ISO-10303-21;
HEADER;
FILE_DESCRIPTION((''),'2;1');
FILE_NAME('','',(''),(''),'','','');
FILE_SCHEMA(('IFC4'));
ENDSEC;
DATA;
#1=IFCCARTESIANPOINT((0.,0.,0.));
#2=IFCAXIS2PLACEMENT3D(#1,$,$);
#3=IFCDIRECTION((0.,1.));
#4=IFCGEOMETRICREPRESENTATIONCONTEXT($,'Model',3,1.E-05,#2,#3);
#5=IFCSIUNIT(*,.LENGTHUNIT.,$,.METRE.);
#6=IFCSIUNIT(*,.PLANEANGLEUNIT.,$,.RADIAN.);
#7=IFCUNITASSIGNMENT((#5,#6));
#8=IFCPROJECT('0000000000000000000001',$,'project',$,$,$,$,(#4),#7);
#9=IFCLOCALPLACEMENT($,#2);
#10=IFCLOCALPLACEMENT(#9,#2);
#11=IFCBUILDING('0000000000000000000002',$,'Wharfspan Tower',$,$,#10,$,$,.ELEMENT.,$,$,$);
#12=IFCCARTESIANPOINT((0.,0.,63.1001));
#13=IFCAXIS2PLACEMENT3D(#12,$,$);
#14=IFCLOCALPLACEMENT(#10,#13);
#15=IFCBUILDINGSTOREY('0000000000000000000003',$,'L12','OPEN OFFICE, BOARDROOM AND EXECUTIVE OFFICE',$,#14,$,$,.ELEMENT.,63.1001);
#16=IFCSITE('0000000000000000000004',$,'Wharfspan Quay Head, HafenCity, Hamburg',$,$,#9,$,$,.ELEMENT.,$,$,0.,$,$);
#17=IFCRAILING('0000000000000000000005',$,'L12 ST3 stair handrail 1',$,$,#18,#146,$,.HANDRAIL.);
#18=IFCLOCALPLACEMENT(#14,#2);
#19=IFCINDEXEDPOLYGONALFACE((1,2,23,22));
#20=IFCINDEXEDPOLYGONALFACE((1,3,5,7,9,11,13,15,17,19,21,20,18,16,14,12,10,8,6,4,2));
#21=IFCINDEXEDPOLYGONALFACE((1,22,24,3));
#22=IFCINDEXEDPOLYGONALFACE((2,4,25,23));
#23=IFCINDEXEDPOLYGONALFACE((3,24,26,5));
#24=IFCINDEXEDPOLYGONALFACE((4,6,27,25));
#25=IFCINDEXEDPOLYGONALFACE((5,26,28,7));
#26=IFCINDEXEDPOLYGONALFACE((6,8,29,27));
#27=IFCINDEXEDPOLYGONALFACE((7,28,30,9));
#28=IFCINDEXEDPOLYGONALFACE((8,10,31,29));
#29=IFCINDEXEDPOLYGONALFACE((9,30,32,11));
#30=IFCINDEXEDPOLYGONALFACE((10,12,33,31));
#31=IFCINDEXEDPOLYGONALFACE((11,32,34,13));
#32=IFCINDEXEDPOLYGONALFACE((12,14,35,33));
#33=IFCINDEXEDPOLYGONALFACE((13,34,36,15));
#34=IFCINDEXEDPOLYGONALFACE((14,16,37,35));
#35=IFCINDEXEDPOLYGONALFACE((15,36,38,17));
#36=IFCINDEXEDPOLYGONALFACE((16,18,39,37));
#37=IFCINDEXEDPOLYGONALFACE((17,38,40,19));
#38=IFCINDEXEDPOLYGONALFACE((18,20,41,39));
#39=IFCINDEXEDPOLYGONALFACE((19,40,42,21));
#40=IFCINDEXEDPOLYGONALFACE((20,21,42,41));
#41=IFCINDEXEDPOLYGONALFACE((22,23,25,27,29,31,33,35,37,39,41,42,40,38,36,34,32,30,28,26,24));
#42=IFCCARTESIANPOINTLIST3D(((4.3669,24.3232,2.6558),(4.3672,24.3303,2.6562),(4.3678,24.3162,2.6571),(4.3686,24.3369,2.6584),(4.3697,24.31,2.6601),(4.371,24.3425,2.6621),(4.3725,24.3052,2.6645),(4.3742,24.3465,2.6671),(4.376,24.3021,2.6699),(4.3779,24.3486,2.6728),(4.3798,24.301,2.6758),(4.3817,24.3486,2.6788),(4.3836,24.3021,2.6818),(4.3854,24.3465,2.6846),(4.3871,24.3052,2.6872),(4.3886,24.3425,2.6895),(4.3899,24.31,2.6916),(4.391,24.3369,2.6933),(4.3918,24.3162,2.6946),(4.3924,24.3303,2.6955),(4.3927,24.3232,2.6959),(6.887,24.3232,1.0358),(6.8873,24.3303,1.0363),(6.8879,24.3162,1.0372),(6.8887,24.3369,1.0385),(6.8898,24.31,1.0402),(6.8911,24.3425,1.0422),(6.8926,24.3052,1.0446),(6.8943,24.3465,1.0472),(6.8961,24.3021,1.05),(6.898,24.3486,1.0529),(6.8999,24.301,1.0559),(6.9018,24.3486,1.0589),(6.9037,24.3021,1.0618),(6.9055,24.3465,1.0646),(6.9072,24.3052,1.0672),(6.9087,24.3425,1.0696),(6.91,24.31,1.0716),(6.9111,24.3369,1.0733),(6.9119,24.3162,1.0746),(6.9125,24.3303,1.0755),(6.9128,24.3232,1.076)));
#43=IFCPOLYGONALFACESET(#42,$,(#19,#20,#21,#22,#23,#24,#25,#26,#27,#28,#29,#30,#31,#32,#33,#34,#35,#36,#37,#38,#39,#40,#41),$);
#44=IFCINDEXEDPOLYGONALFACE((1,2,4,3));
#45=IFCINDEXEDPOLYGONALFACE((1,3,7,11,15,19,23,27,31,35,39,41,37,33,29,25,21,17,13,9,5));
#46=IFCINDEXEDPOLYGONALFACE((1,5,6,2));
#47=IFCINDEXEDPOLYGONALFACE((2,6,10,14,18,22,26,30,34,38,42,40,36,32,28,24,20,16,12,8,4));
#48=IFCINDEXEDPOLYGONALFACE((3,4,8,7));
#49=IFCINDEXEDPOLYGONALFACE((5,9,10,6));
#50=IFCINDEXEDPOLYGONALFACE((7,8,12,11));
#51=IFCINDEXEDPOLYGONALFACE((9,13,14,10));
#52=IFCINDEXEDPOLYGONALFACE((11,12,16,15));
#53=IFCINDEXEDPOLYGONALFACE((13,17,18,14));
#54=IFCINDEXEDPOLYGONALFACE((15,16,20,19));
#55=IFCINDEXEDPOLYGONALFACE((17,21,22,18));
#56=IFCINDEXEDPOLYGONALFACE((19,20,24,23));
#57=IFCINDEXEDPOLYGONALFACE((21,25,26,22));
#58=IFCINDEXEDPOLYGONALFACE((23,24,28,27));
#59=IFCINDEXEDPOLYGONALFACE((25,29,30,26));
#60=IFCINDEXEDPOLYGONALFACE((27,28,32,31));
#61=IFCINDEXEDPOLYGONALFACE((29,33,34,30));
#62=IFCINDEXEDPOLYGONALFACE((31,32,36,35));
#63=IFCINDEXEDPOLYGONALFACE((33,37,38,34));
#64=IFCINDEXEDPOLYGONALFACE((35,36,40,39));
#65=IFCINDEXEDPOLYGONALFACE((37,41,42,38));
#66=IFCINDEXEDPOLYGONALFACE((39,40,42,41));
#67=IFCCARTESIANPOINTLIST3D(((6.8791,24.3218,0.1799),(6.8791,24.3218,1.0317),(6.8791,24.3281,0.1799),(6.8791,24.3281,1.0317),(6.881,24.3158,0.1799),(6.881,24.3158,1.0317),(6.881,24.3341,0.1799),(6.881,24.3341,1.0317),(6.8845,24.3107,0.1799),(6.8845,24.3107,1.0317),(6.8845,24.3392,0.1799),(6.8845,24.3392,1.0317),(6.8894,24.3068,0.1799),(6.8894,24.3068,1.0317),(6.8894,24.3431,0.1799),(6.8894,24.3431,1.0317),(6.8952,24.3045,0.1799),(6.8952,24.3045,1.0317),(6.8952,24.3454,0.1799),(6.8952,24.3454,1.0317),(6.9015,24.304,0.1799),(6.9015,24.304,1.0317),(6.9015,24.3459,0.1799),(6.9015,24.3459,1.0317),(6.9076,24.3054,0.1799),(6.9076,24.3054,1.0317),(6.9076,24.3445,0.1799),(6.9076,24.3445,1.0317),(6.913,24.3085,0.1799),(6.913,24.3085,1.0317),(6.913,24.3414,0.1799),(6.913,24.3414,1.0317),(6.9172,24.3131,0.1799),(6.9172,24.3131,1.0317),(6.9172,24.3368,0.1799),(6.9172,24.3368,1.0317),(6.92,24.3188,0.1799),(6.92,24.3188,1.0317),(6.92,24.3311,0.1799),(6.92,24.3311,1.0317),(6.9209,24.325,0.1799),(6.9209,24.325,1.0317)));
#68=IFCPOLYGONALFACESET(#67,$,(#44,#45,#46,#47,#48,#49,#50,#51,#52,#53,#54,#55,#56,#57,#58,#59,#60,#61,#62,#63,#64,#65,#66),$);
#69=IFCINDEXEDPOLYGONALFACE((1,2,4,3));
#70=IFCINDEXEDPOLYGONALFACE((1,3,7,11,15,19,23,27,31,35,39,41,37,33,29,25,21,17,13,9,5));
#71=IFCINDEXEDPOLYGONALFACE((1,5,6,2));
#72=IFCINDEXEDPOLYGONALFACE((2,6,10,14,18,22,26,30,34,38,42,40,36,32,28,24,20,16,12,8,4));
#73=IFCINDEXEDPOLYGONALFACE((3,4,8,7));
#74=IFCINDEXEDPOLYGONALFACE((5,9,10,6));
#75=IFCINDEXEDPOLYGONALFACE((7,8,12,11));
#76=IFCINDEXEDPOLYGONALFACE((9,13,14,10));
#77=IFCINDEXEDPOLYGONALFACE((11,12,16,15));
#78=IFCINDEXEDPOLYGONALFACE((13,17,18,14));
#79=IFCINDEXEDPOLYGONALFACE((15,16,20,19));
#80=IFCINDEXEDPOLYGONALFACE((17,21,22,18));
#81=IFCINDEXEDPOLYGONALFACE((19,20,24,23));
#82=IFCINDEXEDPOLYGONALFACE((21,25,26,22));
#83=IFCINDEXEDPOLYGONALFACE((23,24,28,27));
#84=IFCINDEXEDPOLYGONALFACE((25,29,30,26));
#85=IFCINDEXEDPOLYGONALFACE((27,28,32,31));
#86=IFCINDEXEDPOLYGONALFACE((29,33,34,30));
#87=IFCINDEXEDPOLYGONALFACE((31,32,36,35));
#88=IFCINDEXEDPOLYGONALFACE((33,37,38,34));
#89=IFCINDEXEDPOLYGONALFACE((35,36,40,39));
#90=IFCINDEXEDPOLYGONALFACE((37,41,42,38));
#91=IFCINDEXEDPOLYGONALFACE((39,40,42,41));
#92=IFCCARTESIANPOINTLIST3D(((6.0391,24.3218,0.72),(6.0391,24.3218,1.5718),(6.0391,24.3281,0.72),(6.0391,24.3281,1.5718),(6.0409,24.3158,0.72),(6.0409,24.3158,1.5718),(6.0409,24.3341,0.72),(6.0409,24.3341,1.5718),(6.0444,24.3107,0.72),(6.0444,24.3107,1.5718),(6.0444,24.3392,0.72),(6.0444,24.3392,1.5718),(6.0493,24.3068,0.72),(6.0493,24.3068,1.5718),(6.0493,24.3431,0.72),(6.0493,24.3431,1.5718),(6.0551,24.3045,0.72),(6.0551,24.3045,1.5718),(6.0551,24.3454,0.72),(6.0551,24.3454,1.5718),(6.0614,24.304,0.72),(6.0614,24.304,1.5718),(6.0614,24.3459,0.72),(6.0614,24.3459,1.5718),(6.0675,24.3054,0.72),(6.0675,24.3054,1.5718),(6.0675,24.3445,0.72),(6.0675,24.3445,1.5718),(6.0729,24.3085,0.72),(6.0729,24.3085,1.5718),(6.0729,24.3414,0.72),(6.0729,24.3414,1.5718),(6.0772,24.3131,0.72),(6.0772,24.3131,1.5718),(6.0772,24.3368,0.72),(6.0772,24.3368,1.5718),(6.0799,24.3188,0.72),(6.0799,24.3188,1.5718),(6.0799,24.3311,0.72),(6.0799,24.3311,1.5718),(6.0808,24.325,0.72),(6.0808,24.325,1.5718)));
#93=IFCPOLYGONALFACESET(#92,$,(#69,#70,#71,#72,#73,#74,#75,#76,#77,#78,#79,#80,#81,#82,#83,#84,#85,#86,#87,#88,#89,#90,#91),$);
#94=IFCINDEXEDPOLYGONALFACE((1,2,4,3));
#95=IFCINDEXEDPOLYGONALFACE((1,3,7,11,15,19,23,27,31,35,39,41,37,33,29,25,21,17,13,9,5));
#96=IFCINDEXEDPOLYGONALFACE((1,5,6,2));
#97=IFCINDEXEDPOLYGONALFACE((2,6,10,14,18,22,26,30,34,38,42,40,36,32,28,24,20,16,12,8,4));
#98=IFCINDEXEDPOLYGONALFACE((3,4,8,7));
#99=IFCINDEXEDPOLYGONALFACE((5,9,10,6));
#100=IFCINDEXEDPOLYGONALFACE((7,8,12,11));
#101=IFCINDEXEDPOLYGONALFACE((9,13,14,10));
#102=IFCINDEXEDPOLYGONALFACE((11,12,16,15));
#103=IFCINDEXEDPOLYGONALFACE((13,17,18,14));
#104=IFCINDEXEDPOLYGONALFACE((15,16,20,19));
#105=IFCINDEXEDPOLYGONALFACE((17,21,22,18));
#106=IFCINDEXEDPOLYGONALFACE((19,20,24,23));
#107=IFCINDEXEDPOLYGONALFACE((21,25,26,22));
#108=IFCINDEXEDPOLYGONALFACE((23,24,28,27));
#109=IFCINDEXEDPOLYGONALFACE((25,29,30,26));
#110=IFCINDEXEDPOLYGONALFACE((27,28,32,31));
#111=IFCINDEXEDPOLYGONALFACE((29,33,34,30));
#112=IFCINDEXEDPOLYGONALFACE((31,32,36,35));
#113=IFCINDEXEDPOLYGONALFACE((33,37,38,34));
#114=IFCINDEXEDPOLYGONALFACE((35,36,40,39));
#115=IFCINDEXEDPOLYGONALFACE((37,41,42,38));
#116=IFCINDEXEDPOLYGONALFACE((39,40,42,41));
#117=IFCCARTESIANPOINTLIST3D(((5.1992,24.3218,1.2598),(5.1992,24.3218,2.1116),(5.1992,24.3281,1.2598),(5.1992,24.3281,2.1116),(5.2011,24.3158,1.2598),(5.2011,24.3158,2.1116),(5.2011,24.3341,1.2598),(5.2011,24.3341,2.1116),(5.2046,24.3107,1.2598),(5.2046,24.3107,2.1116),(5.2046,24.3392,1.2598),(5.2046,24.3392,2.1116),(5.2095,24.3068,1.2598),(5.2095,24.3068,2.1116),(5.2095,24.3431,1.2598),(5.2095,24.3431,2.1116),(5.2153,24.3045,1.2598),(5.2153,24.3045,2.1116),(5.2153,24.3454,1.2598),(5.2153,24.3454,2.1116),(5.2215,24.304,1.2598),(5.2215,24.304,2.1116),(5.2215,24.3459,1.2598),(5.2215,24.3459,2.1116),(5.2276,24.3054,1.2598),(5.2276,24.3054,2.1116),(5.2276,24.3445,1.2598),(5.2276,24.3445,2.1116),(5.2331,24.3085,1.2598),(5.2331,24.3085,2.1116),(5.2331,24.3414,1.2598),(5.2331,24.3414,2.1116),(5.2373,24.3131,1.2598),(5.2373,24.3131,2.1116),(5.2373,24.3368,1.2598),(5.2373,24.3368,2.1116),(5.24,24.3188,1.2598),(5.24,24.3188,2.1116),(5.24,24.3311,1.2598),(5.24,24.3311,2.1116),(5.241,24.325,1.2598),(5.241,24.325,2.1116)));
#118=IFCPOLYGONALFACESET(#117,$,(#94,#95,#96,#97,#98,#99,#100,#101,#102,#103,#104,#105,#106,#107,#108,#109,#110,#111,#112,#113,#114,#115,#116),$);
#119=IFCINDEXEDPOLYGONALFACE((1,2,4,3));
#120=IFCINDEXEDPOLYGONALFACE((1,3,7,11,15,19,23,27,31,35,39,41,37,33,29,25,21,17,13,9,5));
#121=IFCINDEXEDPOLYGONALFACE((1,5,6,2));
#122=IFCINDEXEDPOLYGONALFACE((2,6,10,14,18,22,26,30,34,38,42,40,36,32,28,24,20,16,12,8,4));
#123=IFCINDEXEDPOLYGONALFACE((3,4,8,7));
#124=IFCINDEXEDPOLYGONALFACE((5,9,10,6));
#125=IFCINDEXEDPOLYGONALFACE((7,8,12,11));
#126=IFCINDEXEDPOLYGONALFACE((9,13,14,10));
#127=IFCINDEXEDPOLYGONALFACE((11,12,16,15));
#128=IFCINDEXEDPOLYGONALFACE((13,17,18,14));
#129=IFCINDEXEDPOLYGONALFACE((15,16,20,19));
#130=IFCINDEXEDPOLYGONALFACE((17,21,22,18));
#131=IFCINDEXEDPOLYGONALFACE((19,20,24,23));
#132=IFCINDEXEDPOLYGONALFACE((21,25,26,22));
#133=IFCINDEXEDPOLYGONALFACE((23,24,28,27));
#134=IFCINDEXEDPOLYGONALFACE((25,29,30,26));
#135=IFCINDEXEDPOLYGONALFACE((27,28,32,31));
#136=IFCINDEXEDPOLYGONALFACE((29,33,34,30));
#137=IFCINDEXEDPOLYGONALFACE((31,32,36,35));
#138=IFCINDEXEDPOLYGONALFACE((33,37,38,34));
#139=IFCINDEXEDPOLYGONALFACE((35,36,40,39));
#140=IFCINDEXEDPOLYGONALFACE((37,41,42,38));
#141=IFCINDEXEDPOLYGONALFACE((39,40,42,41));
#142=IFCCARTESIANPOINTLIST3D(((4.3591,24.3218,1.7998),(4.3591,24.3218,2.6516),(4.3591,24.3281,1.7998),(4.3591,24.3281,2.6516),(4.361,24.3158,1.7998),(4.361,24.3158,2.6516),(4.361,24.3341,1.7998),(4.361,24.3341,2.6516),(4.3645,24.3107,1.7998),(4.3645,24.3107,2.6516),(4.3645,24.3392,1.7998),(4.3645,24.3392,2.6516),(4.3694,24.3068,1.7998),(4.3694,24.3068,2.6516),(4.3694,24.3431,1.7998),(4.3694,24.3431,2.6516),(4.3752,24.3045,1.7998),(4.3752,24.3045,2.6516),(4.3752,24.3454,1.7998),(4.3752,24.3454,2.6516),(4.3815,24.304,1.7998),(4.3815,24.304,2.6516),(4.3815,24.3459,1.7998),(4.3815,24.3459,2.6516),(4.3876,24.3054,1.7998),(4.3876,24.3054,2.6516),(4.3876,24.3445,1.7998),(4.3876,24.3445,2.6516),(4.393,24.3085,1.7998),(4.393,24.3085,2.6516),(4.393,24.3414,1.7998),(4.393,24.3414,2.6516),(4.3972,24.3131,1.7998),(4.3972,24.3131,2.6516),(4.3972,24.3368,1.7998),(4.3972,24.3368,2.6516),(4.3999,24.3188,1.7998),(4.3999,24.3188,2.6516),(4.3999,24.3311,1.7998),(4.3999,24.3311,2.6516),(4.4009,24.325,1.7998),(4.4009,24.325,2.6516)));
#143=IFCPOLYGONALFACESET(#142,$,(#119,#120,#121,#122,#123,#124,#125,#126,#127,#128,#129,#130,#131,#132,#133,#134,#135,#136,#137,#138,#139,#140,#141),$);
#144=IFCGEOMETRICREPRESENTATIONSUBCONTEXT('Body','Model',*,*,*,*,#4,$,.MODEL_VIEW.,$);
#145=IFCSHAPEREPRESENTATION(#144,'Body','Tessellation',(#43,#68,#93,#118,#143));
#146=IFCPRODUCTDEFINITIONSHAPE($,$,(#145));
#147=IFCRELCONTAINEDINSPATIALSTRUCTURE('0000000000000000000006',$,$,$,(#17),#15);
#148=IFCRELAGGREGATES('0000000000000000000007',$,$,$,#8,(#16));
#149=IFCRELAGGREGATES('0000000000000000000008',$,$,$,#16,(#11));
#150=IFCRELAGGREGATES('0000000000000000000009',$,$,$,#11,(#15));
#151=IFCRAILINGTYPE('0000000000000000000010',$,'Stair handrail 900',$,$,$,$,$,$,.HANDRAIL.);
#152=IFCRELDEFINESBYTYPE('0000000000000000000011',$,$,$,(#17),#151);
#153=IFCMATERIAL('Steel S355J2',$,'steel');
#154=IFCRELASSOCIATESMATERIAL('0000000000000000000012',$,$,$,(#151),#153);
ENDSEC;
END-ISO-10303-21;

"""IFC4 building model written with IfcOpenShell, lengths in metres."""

from ifc_helpers import new_model, si_unit, direction, frame, origin, origin_2d, place, context, subcontext, project, spatial, circle, extrude, material, type_object, element, save


model = new_model("IFC4")

# Units and contexts
model_context = context("Model", 3, precision=1e-05, world=origin(), true_north=direction((0.0, 1.0)))
body_context = subcontext(model_context, "Body", "Model", "MODEL_VIEW")
ifc_project = project(units=[si_unit("LENGTHUNIT", "METRE"), si_unit("PLANEANGLEUNIT", "RADIAN")], contexts=[model_context])

# Site, building, storey
site_placement = place(None, origin())
site = spatial("IfcSite", under=ifc_project, at=site_placement, Name="Wharfspan Quay Head, HafenCity, Hamburg", CompositionType="ELEMENT", RefElevation=0.0)
building_placement = place(site_placement, origin())
building = spatial("IfcBuilding", under=site, at=building_placement, Name="Wharfspan Tower", CompositionType="ELEMENT")
storey_placement = place(building_placement, frame((0.0, 0.0, 63.1001)))
storey = spatial("IfcBuildingStorey", under=building, at=storey_placement, Name="L12", Description="OPEN OFFICE, BOARDROOM AND EXECUTIVE OFFICE", CompositionType="ELEMENT", Elevation=63.1001)

# Shared definitions
ifc_material_1 = material(Name="Steel S355J2", Category="steel")

# Railing
railing_type_1 = type_object("IfcRailingType", Name="Stair handrail 900", PredefinedType="HANDRAIL", material=ifc_material_1)
railing_1_placement = place(storey_placement, frame((6.8999, 24.325, 0.1799)))
element("IfcRailing", 1, at=railing_1_placement, inside=storey, type_object=railing_type_1, Name="L12 ST3 stair handrail 1", PredefinedType="HANDRAIL", context=body_context, shape_type="SweptSolid", body=[
    extrude(circle(Radius=0.0239, at=origin_2d()), frame((0.0, 0.0, 0.876), z_axis=(-0.8412, 0.0, 0.540725), x_axis=(0.0, -1.0, 0.0)), (0.0, 0.0, 1.0), 2.9958),
    extrude(circle(Radius=0.021, at=origin_2d()), origin(), (0.0, 0.0, 1.0), 0.8518),
    extrude(circle(Radius=0.021, at=origin_2d()), frame((-0.8401, 0.0, 0.54)), (0.0, 0.0, 1.0), 0.8518),
    extrude(circle(Radius=0.021, at=origin_2d()), frame((-1.6799, 0.0, 1.0798)), (0.0, 0.0, 1.0), 0.8518),
    extrude(circle(Radius=0.021, at=origin_2d()), frame((-2.52, 0.0, 1.6199)), (0.0, 0.0, 1.0), 0.8518),
])

save(model, "model.ifc")
